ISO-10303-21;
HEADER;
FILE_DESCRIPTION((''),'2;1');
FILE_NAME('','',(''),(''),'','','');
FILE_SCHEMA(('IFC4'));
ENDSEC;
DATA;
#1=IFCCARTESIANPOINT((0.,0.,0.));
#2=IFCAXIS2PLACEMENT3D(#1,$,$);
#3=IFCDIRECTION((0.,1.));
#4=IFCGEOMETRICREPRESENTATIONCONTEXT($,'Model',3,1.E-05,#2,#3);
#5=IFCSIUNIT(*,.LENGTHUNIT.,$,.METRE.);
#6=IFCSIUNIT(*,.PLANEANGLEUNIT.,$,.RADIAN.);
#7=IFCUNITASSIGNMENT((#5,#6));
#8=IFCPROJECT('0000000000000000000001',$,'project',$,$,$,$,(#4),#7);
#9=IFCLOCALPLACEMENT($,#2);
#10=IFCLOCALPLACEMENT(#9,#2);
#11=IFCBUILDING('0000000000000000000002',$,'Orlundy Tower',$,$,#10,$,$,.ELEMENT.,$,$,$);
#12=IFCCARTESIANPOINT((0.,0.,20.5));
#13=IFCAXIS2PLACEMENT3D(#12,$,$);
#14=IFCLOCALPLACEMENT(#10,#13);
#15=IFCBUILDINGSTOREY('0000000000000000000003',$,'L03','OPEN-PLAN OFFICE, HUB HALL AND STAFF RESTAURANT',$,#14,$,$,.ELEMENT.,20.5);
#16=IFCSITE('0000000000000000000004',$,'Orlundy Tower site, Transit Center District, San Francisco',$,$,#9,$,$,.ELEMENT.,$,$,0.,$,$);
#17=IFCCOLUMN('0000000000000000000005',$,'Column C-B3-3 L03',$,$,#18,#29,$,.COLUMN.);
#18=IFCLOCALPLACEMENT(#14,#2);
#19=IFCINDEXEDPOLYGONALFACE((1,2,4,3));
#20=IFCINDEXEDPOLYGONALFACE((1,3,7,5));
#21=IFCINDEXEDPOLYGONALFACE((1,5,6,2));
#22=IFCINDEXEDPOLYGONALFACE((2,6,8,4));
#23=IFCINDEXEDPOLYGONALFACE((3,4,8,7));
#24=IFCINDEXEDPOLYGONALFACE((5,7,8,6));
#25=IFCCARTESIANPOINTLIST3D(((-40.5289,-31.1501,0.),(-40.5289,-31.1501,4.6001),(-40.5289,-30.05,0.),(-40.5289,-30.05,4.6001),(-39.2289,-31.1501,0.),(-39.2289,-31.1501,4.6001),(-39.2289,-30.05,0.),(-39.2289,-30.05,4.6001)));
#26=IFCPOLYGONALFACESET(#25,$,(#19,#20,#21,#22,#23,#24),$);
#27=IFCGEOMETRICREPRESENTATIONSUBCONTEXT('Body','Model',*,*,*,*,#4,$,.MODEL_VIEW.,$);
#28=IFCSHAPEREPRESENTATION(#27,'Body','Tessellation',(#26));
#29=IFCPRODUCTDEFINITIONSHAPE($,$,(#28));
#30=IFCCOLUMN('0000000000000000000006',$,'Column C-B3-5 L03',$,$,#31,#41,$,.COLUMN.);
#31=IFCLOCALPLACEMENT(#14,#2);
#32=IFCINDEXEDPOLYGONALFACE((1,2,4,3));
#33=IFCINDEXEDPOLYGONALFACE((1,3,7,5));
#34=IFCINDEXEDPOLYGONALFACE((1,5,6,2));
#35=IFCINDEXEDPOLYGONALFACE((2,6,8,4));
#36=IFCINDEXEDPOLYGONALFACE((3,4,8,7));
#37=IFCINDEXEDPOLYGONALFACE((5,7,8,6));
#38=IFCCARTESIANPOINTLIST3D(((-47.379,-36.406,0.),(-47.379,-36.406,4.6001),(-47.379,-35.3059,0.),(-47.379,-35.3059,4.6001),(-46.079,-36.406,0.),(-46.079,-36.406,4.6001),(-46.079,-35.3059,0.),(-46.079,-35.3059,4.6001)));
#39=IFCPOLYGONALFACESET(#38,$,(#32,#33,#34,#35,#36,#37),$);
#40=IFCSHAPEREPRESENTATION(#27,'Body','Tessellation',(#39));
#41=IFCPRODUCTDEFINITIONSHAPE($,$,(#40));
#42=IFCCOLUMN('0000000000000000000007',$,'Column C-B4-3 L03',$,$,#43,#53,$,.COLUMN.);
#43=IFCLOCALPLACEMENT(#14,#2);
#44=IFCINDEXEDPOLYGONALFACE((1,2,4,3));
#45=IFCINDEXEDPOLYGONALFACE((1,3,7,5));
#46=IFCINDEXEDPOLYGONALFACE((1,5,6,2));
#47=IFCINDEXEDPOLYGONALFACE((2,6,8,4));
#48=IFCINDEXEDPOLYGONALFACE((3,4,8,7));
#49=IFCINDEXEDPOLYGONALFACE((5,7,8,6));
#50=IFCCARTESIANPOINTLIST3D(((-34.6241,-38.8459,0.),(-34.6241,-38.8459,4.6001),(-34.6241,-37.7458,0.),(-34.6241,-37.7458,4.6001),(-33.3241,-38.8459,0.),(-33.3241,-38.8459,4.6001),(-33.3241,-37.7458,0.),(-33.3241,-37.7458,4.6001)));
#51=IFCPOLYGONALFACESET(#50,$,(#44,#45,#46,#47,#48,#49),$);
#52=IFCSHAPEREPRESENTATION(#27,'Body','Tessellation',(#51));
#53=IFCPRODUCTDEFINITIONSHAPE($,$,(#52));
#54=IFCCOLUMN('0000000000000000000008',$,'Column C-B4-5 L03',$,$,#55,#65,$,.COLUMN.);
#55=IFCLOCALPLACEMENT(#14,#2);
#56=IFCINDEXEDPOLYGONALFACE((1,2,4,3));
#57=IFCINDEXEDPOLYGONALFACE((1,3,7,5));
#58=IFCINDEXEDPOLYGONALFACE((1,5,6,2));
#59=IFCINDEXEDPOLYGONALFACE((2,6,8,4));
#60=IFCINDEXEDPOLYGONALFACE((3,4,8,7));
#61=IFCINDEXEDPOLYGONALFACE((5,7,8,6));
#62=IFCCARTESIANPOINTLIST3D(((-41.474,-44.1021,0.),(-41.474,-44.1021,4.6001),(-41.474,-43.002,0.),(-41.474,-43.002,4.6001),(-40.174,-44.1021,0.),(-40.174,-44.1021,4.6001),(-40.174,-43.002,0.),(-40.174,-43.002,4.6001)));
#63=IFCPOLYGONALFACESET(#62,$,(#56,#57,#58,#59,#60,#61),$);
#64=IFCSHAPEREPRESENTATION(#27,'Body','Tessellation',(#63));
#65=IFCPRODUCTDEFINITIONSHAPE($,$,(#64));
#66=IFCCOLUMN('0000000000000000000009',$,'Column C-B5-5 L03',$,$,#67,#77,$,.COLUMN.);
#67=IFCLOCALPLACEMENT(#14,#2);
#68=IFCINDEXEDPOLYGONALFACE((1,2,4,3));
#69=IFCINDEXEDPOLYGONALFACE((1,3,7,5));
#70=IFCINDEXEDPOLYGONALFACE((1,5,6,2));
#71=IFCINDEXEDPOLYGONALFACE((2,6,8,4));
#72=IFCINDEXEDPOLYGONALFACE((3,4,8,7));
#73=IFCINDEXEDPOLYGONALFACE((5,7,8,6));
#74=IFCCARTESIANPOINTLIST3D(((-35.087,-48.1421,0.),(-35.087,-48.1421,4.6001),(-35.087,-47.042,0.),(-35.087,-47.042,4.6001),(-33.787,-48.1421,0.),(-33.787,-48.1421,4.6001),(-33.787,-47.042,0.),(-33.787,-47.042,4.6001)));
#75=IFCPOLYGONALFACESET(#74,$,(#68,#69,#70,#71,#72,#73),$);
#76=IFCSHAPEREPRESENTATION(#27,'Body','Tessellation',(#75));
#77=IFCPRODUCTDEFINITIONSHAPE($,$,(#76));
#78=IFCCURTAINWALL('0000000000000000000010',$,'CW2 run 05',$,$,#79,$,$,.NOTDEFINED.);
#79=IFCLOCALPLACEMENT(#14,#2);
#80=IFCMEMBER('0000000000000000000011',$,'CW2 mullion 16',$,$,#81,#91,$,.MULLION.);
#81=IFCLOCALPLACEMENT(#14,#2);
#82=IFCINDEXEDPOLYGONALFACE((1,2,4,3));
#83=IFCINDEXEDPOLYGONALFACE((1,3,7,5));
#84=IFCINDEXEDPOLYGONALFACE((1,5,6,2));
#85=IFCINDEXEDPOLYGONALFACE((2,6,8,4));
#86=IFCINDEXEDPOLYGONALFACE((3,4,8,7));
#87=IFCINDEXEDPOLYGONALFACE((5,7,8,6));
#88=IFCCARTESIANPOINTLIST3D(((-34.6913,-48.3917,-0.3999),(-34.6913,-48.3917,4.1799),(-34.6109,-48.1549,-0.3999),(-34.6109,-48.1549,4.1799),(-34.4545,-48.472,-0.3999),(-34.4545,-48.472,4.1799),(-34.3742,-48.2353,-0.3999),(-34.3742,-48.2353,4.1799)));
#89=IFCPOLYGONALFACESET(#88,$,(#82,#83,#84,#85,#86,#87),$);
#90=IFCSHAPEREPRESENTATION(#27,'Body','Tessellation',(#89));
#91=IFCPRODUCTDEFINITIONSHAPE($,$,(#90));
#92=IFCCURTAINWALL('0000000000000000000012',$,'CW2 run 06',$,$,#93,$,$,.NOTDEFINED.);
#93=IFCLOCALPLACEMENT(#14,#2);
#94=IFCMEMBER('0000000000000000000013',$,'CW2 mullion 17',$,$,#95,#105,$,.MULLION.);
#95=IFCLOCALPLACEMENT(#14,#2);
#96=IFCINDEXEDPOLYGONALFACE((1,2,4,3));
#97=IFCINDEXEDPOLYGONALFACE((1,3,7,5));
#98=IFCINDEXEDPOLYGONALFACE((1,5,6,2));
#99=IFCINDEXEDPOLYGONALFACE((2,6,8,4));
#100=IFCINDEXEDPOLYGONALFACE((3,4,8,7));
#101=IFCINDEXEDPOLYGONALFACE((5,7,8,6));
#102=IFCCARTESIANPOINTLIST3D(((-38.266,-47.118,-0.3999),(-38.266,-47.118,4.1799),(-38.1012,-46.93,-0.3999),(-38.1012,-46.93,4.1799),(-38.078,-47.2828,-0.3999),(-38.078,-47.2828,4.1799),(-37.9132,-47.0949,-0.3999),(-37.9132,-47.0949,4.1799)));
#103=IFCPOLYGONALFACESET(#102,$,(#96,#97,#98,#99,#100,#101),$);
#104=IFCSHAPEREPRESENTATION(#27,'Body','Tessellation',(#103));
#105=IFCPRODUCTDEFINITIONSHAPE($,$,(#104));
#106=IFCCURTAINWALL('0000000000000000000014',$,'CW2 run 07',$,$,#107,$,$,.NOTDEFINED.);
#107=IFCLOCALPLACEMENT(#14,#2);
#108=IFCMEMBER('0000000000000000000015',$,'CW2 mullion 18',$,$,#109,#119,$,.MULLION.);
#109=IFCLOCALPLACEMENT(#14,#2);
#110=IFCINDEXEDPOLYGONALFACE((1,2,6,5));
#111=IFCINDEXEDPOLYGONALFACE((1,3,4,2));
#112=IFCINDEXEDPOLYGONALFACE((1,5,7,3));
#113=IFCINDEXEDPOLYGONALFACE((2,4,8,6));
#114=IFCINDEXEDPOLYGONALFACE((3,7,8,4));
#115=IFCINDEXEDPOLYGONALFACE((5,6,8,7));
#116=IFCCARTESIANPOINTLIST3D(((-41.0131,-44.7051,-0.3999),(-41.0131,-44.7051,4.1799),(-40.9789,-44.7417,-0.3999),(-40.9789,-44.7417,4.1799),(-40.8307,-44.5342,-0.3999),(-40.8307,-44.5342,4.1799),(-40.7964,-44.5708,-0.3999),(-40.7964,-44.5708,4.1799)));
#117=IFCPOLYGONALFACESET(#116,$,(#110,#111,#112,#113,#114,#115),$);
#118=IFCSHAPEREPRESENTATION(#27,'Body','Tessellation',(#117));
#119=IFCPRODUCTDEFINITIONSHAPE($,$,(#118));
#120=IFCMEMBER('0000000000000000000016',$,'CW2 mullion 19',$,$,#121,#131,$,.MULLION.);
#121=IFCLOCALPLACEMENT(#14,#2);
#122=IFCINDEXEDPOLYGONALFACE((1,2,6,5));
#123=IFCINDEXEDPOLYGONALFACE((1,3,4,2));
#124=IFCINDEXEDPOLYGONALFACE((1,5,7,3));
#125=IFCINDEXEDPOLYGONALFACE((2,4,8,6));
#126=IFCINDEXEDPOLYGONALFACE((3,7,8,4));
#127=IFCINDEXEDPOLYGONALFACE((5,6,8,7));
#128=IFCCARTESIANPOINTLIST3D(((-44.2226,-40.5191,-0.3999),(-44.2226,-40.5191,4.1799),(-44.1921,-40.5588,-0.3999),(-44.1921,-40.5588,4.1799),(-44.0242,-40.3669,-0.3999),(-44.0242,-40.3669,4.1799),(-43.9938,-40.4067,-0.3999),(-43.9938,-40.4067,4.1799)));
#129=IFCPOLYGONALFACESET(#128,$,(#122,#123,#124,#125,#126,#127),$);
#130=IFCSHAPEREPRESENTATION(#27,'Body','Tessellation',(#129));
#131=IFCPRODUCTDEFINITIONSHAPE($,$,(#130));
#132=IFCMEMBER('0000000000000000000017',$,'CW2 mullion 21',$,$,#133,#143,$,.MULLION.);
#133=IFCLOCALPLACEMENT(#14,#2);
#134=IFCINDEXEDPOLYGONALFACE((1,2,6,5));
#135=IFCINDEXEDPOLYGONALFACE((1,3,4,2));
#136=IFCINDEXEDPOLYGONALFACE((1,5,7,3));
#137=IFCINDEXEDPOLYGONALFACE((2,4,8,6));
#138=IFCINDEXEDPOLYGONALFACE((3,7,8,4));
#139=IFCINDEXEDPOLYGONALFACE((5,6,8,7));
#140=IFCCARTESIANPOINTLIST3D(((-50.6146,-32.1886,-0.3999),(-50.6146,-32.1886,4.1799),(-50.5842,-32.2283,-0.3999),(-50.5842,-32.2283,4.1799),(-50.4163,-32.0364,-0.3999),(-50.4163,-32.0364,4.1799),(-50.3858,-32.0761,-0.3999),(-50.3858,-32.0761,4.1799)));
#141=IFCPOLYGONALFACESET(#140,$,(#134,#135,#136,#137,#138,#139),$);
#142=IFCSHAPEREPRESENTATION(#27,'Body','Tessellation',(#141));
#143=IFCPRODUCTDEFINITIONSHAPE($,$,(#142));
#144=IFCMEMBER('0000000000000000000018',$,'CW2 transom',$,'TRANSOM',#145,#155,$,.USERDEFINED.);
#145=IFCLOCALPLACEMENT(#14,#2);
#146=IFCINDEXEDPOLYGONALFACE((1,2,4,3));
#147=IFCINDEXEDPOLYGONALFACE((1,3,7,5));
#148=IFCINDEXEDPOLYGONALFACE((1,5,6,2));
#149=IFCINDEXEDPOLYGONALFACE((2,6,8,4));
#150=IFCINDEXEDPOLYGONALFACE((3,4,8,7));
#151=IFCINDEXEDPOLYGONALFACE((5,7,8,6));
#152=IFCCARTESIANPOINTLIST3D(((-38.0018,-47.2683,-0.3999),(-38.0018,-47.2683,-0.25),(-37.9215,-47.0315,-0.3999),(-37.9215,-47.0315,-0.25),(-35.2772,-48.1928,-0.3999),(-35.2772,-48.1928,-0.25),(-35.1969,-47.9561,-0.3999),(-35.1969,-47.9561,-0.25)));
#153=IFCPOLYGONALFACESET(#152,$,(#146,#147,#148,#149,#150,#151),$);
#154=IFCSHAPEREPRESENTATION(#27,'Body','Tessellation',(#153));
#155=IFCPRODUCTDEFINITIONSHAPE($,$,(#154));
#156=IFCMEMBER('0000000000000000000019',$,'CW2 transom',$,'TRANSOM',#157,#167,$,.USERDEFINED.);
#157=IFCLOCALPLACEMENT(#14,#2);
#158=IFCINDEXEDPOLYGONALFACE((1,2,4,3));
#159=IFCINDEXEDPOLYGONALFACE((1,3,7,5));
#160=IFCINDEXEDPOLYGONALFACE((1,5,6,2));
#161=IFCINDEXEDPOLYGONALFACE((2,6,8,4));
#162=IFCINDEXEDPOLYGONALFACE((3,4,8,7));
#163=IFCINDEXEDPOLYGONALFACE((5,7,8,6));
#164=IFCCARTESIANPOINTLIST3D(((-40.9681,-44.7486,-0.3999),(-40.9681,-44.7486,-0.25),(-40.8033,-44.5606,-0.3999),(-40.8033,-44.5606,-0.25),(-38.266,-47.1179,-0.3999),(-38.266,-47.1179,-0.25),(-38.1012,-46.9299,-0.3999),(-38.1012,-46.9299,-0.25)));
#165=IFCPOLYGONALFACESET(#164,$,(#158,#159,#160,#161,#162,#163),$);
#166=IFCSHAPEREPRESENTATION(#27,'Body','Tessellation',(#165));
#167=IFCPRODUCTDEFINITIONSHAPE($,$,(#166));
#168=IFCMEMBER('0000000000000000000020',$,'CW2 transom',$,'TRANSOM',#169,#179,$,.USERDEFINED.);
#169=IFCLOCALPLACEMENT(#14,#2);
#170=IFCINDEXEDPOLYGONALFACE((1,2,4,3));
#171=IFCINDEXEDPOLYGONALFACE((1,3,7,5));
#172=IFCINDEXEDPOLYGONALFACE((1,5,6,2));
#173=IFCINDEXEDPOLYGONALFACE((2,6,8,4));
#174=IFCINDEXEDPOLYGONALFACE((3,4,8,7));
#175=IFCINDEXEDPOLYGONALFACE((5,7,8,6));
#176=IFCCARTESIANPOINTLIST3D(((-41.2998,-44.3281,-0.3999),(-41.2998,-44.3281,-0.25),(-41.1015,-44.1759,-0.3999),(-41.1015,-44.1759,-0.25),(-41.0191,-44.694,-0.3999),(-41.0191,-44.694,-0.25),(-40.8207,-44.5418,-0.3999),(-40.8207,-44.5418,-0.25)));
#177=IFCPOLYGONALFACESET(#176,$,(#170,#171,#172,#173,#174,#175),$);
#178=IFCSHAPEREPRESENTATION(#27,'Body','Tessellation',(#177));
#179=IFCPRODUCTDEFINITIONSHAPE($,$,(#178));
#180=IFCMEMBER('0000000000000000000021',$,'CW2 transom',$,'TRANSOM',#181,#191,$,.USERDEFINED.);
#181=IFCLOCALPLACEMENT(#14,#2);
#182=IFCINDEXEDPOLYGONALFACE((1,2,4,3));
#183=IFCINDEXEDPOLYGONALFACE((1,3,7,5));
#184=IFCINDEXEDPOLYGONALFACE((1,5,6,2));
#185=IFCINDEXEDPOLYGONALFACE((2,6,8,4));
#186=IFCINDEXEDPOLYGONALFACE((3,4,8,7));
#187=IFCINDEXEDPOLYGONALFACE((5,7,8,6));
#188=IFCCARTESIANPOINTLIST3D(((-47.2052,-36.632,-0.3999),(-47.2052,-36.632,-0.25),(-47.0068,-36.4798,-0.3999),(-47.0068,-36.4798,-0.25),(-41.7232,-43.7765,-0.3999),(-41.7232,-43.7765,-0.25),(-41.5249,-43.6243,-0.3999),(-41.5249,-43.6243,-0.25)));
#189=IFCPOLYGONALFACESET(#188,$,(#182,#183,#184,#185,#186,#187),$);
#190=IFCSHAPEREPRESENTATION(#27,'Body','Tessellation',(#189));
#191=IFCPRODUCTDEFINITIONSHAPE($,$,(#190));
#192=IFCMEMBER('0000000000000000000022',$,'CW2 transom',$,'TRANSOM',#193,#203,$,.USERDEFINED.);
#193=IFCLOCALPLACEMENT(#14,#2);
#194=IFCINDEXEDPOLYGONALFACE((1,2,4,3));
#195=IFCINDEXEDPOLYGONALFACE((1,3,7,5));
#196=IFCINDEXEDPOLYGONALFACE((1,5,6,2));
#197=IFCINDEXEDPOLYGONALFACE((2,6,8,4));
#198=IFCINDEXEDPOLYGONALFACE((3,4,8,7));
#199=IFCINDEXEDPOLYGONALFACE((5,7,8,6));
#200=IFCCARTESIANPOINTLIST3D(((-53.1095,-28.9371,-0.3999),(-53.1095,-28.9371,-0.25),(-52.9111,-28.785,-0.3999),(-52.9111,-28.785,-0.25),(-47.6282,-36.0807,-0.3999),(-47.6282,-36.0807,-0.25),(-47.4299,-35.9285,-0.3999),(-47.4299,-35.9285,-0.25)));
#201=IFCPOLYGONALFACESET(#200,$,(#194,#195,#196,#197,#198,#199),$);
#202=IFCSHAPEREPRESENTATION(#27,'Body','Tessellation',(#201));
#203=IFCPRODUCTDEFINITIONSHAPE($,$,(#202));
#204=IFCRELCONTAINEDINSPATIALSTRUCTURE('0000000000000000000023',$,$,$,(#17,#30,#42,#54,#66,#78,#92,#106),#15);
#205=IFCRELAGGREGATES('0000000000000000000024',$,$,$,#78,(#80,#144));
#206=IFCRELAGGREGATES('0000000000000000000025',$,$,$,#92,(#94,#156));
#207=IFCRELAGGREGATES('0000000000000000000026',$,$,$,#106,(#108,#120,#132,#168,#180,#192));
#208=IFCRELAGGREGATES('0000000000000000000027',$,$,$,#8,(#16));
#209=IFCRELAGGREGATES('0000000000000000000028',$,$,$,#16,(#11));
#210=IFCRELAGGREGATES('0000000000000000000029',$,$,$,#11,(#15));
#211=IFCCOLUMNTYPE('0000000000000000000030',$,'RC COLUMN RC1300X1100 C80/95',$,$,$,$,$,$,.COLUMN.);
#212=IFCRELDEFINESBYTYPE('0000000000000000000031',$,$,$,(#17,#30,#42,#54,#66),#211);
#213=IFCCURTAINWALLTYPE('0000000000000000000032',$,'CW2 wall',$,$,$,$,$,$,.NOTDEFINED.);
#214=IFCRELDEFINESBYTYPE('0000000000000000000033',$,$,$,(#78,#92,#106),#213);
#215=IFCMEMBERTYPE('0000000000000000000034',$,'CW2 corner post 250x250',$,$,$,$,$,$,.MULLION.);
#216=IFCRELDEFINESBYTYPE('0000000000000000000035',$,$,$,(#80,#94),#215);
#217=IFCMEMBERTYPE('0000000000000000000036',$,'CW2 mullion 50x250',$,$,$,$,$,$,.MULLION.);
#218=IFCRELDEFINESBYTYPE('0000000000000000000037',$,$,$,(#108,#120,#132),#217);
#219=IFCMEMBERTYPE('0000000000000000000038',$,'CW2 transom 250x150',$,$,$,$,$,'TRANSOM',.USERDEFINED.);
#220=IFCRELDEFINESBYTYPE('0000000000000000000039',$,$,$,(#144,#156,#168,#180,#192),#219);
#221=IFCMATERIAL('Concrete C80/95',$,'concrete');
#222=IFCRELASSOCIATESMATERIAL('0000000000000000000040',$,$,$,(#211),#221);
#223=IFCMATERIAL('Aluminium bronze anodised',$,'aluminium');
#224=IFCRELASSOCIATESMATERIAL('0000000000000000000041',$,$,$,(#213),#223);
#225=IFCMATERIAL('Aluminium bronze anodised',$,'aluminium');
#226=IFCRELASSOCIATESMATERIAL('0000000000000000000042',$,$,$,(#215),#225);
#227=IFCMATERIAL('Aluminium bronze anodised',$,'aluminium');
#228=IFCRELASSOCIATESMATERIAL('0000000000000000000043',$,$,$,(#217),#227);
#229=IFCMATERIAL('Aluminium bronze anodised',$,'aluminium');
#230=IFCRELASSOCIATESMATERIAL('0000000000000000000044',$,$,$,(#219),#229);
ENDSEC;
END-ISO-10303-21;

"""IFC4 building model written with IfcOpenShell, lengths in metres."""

from ifc_helpers import new_model, si_unit, direction, frame, origin, origin_2d, place, context, subcontext, project, spatial, rectangle, extrude, material, material_profile, profile_set, type_object, element, aggregate, save


model = new_model("IFC4")

# Units and contexts
model_context = context("Model", 3, precision=1e-05, world=origin(), true_north=direction((0.0, 1.0)))
body_context = subcontext(model_context, "Body", "Model", "MODEL_VIEW")
ifc_project = project(units=[si_unit("LENGTHUNIT", "METRE"), si_unit("PLANEANGLEUNIT", "RADIAN")], contexts=[model_context])

# Site, building, storey
site_placement = place(None, origin())
site = spatial("IfcSite", under=ifc_project, at=site_placement, Name="Orlundy Tower site, Transit Center District, San Francisco", CompositionType="ELEMENT", RefElevation=0.0)
building_placement = place(site_placement, origin())
building = spatial("IfcBuilding", under=site, at=building_placement, Name="Orlundy Tower", CompositionType="ELEMENT")
storey_placement = place(building_placement, frame((0.0, 0.0, 20.5)))
storey = spatial("IfcBuildingStorey", under=building, at=storey_placement, Name="L03", Description="OPEN-PLAN OFFICE, HUB HALL AND STAFF RESTAURANT", CompositionType="ELEMENT", Elevation=20.5)

# Columns
ifc_material_1 = material(Name="Concrete C80/95", Category="concrete")
ifc_material_profile_1 = material_profile(ifc_material_1, rectangle(XDim=1.3, YDim=1.1001, at=origin_2d()), Name="RC1300X1100")
ifc_profile_set_1 = profile_set([ifc_material_profile_1], Name="Concrete C80/95")
column_type = type_object("IfcColumnType", Name="RC COLUMN RC1300X1100 C80/95", PredefinedType="COLUMN", material=ifc_profile_set_1)
for number, where, z_axis, x_axis, name in (
    (1, (-39.8789, -30.6001, 0.0), (0.0, 0.0, 1.0), (1.0, 0.0, 0.0), "Column C-B3-3 L03"),
    (2, (-46.729, -35.856, 0.0), (0.0, 0.0, 1.0), (1.0, 0.0, 0.0), "Column C-B3-5 L03"),
    (3, (-33.9741, -38.2959, 0.0), (0.0, 0.0, 1.0), (1.0, 0.0, 0.0), "Column C-B4-3 L03"),
    (4, (-40.824, -43.552, 0.0), (0.0, 0.0, 1.0), (1.0, 0.0, 0.0), "Column C-B4-5 L03"),
    (5, (-34.437, -47.592, 0.0), (0.0, 0.0, 1.0), (1.0, 0.0, 0.0), "Column C-B5-5 L03"),
):
    element("IfcColumn", number, at=place(storey_placement, frame(where, z_axis=z_axis, x_axis=x_axis)), inside=storey, type_object=column_type, Name=name, PredefinedType="COLUMN", context=body_context, shape_type="SweptSolid", body=[
        extrude(rectangle(XDim=1.3, YDim=1.1001, at=origin_2d()), origin(), (0.0, 0.0, 1.0), 4.6001),
    ])

# Curtain walls, members
ifc_material_2 = material(Name="Aluminium bronze anodised", Category="aluminium")
curtain_wall_type = type_object("IfcCurtainWallType", Name="CW2 wall", PredefinedType="NOTDEFINED", material=ifc_material_2)
curtain_wall_1_placement = place(storey_placement, origin())
curtain_wall_1 = element("IfcCurtainWall", 6, at=curtain_wall_1_placement, inside=storey, type_object=curtain_wall_type, Name="CW2 run 05", PredefinedType="NOTDEFINED")
ifc_material_3 = material(Name="Aluminium bronze anodised", Category="aluminium")
ifc_material_profile_2 = material_profile(ifc_material_3, rectangle(XDim=0.25, YDim=0.25, at=origin_2d()), Name="CW2 corner post 250x250")
ifc_profile_set_2 = profile_set([ifc_material_profile_2], Name="Aluminium bronze anodised")
member_type_1 = type_object("IfcMemberType", Name="CW2 corner post 250x250", PredefinedType="MULLION", material=ifc_profile_set_2)
member_1_placement = place(storey_placement, frame((-34.5327, -48.3135, -0.3999), z_axis=(0.0, 0.0, 1.0), x_axis=(-0.321322, -0.94697, 0.0)))
member_1 = element("IfcMember", 7, at=member_1_placement, type_object=member_type_1, Name="CW2 mullion 16", PredefinedType="MULLION", context=body_context, shape_type="SweptSolid", body=[
    extrude(rectangle(XDim=0.25, YDim=0.25, at=origin_2d()), origin(), (0.0, 0.0, 1.0), 4.5798),
])
curtain_wall_2_placement = place(storey_placement, origin())
curtain_wall_2 = element("IfcCurtainWall", 8, at=curtain_wall_2_placement, inside=storey, type_object=curtain_wall_type, Name="CW2 run 06", PredefinedType="NOTDEFINED")
member_2_placement = place(storey_placement, frame((-38.0896, -47.1064, -0.3999), z_axis=(0.0, 0.0, 1.0), x_axis=(-0.659325, -0.751858, 0.0)))
member_2 = element("IfcMember", 9, at=member_2_placement, type_object=member_type_1, Name="CW2 mullion 17", PredefinedType="MULLION", context=body_context, shape_type="SweptSolid", body=[
    extrude(rectangle(XDim=0.25, YDim=0.25, at=origin_2d()), origin(), (0.0, 0.0, 1.0), 4.5798),
])

# Curtain wall, members
curtain_wall_3_placement = place(storey_placement, origin())
curtain_wall_3 = element("IfcCurtainWall", 10, at=curtain_wall_3_placement, inside=storey, type_object=curtain_wall_type, Name="CW2 run 07", PredefinedType="NOTDEFINED")
ifc_material_4 = material(Name="Aluminium bronze anodised", Category="aluminium")
ifc_material_profile_3 = material_profile(ifc_material_4, rectangle(XDim=0.25, YDim=0.05, at=origin_2d()), Name="CW2 mullion 50x250")
ifc_profile_set_3 = profile_set([ifc_material_profile_3], Name="Aluminium bronze anodised")
member_type_2 = type_object("IfcMemberType", Name="CW2 mullion 50x250", PredefinedType="MULLION", material=ifc_profile_set_3)
member_3_placement = place(storey_placement, frame((-40.9048, -44.6379, -0.3999), z_axis=(0.0, 0.0, 1.0), x_axis=(-0.72986, -0.683596, 0.0)))
member_3 = element("IfcMember", 11, at=member_3_placement, type_object=member_type_2, Name="CW2 mullion 18", PredefinedType="MULLION", context=body_context, shape_type="SweptSolid", body=[
    extrude(rectangle(XDim=0.25, YDim=0.05, at=origin_2d()), origin(), (0.0, 0.0, 1.0), 4.5798),
])
member_4_placement = place(storey_placement, frame((-44.1082, -40.4629, -0.3999), z_axis=(0.0, 0.0, 1.0), x_axis=(-0.793363, -0.608748, 0.0)))
member_4 = element("IfcMember", 12, at=member_4_placement, type_object=member_type_2, Name="CW2 mullion 19", PredefinedType="MULLION", context=body_context, shape_type="SweptSolid", body=[
    extrude(rectangle(XDim=0.25, YDim=0.05, at=origin_2d()), origin(), (0.0, 0.0, 1.0), 4.5798),
])
member_5_placement = place(storey_placement, frame((-50.5002, -32.1323, -0.3999), z_axis=(0.0, 0.0, 1.0), x_axis=(-0.793363, -0.608748, 0.0)))
member_5 = element("IfcMember", 13, at=member_5_placement, type_object=member_type_2, Name="CW2 mullion 21", PredefinedType="MULLION", context=body_context, shape_type="SweptSolid", body=[
    extrude(rectangle(XDim=0.25, YDim=0.05, at=origin_2d()), origin(), (0.0, 0.0, 1.0), 4.5798),
])

# Members
ifc_material_5 = material(Name="Aluminium bronze anodised", Category="aluminium")
ifc_material_profile_4 = material_profile(ifc_material_5, rectangle(XDim=0.25, YDim=0.1499, at=origin_2d()), Name="CW2 transom 250x150")
ifc_profile_set_4 = profile_set([ifc_material_profile_4], Name="Aluminium bronze anodised")
member_type_3 = type_object("IfcMemberType", Name="CW2 transom 250x150", ElementType="TRANSOM", PredefinedType="USERDEFINED", material=ifc_profile_set_4)
member_6_placement = place(storey_placement, frame((-35.2371, -48.0745, -0.325), z_axis=(-0.946964, 0.32134, 0.0), x_axis=(-0.32134, -0.946964, 0.0)))
member_6 = element("IfcMember", 14, at=member_6_placement, type_object=member_type_3, Name="CW2 transom", ObjectType="TRANSOM", PredefinedType="USERDEFINED", context=body_context, shape_type="SweptSolid", body=[
    extrude(rectangle(XDim=0.25, YDim=0.1499, at=origin_2d()), origin(), (0.0, 0.0, 1.0), 2.8772),
])
member_7_placement = place(storey_placement, frame((-38.1836, -47.0239, -0.325), z_axis=(-0.751886, 0.659293, 0.0), x_axis=(-0.659293, -0.751886, 0.0)))
member_7 = element("IfcMember", 15, at=member_7_placement, type_object=member_type_3, Name="CW2 transom", ObjectType="TRANSOM", PredefinedType="USERDEFINED", context=body_context, shape_type="SweptSolid", body=[
    extrude(rectangle(XDim=0.25, YDim=0.1499, at=origin_2d()), origin(), (0.0, 0.0, 1.0), 3.5938),
])
member_8_placement = place(storey_placement, frame((-40.9199, -44.6179, -0.325), z_axis=(-0.608687, 0.79341, 0.0), x_axis=(-0.79341, -0.608687, 0.0)))
member_8 = element("IfcMember", 16, at=member_8_placement, type_object=member_type_3, Name="CW2 transom", ObjectType="TRANSOM", PredefinedType="USERDEFINED", context=body_context, shape_type="SweptSolid", body=[
    extrude(rectangle(XDim=0.25, YDim=0.1499, at=origin_2d()), origin(), (0.0, 0.0, 1.0), 0.4612),
])
member_9_placement = place(storey_placement, frame((-41.624, -43.7004, -0.325), z_axis=(-0.608743, 0.793367, 0.0), x_axis=(-0.793367, -0.608743, 0.0)))
member_9 = element("IfcMember", 17, at=member_9_placement, type_object=member_type_3, Name="CW2 transom", ObjectType="TRANSOM", PredefinedType="USERDEFINED", context=body_context, shape_type="SweptSolid", body=[
    extrude(rectangle(XDim=0.25, YDim=0.1499, at=origin_2d()), origin(), (0.0, 0.0, 1.0), 9.0054),
])
member_10_placement = place(storey_placement, frame((-47.5291, -36.0046, -0.325), z_axis=(-0.608745, 0.793366, 0.0), x_axis=(-0.793366, -0.608745, 0.0)))
member_10 = element("IfcMember", 18, at=member_10_placement, type_object=member_type_3, Name="CW2 transom", ObjectType="TRANSOM", PredefinedType="USERDEFINED", context=body_context, shape_type="SweptSolid", body=[
    extrude(rectangle(XDim=0.25, YDim=0.1499, at=origin_2d()), origin(), (0.0, 0.0, 1.0), 9.0042),
])

aggregate(curtain_wall_1, [member_1, member_6])
aggregate(curtain_wall_2, [member_2, member_7])
aggregate(curtain_wall_3, [member_3, member_4, member_5, member_8, member_9, member_10])

save(model, "model.ifc")
